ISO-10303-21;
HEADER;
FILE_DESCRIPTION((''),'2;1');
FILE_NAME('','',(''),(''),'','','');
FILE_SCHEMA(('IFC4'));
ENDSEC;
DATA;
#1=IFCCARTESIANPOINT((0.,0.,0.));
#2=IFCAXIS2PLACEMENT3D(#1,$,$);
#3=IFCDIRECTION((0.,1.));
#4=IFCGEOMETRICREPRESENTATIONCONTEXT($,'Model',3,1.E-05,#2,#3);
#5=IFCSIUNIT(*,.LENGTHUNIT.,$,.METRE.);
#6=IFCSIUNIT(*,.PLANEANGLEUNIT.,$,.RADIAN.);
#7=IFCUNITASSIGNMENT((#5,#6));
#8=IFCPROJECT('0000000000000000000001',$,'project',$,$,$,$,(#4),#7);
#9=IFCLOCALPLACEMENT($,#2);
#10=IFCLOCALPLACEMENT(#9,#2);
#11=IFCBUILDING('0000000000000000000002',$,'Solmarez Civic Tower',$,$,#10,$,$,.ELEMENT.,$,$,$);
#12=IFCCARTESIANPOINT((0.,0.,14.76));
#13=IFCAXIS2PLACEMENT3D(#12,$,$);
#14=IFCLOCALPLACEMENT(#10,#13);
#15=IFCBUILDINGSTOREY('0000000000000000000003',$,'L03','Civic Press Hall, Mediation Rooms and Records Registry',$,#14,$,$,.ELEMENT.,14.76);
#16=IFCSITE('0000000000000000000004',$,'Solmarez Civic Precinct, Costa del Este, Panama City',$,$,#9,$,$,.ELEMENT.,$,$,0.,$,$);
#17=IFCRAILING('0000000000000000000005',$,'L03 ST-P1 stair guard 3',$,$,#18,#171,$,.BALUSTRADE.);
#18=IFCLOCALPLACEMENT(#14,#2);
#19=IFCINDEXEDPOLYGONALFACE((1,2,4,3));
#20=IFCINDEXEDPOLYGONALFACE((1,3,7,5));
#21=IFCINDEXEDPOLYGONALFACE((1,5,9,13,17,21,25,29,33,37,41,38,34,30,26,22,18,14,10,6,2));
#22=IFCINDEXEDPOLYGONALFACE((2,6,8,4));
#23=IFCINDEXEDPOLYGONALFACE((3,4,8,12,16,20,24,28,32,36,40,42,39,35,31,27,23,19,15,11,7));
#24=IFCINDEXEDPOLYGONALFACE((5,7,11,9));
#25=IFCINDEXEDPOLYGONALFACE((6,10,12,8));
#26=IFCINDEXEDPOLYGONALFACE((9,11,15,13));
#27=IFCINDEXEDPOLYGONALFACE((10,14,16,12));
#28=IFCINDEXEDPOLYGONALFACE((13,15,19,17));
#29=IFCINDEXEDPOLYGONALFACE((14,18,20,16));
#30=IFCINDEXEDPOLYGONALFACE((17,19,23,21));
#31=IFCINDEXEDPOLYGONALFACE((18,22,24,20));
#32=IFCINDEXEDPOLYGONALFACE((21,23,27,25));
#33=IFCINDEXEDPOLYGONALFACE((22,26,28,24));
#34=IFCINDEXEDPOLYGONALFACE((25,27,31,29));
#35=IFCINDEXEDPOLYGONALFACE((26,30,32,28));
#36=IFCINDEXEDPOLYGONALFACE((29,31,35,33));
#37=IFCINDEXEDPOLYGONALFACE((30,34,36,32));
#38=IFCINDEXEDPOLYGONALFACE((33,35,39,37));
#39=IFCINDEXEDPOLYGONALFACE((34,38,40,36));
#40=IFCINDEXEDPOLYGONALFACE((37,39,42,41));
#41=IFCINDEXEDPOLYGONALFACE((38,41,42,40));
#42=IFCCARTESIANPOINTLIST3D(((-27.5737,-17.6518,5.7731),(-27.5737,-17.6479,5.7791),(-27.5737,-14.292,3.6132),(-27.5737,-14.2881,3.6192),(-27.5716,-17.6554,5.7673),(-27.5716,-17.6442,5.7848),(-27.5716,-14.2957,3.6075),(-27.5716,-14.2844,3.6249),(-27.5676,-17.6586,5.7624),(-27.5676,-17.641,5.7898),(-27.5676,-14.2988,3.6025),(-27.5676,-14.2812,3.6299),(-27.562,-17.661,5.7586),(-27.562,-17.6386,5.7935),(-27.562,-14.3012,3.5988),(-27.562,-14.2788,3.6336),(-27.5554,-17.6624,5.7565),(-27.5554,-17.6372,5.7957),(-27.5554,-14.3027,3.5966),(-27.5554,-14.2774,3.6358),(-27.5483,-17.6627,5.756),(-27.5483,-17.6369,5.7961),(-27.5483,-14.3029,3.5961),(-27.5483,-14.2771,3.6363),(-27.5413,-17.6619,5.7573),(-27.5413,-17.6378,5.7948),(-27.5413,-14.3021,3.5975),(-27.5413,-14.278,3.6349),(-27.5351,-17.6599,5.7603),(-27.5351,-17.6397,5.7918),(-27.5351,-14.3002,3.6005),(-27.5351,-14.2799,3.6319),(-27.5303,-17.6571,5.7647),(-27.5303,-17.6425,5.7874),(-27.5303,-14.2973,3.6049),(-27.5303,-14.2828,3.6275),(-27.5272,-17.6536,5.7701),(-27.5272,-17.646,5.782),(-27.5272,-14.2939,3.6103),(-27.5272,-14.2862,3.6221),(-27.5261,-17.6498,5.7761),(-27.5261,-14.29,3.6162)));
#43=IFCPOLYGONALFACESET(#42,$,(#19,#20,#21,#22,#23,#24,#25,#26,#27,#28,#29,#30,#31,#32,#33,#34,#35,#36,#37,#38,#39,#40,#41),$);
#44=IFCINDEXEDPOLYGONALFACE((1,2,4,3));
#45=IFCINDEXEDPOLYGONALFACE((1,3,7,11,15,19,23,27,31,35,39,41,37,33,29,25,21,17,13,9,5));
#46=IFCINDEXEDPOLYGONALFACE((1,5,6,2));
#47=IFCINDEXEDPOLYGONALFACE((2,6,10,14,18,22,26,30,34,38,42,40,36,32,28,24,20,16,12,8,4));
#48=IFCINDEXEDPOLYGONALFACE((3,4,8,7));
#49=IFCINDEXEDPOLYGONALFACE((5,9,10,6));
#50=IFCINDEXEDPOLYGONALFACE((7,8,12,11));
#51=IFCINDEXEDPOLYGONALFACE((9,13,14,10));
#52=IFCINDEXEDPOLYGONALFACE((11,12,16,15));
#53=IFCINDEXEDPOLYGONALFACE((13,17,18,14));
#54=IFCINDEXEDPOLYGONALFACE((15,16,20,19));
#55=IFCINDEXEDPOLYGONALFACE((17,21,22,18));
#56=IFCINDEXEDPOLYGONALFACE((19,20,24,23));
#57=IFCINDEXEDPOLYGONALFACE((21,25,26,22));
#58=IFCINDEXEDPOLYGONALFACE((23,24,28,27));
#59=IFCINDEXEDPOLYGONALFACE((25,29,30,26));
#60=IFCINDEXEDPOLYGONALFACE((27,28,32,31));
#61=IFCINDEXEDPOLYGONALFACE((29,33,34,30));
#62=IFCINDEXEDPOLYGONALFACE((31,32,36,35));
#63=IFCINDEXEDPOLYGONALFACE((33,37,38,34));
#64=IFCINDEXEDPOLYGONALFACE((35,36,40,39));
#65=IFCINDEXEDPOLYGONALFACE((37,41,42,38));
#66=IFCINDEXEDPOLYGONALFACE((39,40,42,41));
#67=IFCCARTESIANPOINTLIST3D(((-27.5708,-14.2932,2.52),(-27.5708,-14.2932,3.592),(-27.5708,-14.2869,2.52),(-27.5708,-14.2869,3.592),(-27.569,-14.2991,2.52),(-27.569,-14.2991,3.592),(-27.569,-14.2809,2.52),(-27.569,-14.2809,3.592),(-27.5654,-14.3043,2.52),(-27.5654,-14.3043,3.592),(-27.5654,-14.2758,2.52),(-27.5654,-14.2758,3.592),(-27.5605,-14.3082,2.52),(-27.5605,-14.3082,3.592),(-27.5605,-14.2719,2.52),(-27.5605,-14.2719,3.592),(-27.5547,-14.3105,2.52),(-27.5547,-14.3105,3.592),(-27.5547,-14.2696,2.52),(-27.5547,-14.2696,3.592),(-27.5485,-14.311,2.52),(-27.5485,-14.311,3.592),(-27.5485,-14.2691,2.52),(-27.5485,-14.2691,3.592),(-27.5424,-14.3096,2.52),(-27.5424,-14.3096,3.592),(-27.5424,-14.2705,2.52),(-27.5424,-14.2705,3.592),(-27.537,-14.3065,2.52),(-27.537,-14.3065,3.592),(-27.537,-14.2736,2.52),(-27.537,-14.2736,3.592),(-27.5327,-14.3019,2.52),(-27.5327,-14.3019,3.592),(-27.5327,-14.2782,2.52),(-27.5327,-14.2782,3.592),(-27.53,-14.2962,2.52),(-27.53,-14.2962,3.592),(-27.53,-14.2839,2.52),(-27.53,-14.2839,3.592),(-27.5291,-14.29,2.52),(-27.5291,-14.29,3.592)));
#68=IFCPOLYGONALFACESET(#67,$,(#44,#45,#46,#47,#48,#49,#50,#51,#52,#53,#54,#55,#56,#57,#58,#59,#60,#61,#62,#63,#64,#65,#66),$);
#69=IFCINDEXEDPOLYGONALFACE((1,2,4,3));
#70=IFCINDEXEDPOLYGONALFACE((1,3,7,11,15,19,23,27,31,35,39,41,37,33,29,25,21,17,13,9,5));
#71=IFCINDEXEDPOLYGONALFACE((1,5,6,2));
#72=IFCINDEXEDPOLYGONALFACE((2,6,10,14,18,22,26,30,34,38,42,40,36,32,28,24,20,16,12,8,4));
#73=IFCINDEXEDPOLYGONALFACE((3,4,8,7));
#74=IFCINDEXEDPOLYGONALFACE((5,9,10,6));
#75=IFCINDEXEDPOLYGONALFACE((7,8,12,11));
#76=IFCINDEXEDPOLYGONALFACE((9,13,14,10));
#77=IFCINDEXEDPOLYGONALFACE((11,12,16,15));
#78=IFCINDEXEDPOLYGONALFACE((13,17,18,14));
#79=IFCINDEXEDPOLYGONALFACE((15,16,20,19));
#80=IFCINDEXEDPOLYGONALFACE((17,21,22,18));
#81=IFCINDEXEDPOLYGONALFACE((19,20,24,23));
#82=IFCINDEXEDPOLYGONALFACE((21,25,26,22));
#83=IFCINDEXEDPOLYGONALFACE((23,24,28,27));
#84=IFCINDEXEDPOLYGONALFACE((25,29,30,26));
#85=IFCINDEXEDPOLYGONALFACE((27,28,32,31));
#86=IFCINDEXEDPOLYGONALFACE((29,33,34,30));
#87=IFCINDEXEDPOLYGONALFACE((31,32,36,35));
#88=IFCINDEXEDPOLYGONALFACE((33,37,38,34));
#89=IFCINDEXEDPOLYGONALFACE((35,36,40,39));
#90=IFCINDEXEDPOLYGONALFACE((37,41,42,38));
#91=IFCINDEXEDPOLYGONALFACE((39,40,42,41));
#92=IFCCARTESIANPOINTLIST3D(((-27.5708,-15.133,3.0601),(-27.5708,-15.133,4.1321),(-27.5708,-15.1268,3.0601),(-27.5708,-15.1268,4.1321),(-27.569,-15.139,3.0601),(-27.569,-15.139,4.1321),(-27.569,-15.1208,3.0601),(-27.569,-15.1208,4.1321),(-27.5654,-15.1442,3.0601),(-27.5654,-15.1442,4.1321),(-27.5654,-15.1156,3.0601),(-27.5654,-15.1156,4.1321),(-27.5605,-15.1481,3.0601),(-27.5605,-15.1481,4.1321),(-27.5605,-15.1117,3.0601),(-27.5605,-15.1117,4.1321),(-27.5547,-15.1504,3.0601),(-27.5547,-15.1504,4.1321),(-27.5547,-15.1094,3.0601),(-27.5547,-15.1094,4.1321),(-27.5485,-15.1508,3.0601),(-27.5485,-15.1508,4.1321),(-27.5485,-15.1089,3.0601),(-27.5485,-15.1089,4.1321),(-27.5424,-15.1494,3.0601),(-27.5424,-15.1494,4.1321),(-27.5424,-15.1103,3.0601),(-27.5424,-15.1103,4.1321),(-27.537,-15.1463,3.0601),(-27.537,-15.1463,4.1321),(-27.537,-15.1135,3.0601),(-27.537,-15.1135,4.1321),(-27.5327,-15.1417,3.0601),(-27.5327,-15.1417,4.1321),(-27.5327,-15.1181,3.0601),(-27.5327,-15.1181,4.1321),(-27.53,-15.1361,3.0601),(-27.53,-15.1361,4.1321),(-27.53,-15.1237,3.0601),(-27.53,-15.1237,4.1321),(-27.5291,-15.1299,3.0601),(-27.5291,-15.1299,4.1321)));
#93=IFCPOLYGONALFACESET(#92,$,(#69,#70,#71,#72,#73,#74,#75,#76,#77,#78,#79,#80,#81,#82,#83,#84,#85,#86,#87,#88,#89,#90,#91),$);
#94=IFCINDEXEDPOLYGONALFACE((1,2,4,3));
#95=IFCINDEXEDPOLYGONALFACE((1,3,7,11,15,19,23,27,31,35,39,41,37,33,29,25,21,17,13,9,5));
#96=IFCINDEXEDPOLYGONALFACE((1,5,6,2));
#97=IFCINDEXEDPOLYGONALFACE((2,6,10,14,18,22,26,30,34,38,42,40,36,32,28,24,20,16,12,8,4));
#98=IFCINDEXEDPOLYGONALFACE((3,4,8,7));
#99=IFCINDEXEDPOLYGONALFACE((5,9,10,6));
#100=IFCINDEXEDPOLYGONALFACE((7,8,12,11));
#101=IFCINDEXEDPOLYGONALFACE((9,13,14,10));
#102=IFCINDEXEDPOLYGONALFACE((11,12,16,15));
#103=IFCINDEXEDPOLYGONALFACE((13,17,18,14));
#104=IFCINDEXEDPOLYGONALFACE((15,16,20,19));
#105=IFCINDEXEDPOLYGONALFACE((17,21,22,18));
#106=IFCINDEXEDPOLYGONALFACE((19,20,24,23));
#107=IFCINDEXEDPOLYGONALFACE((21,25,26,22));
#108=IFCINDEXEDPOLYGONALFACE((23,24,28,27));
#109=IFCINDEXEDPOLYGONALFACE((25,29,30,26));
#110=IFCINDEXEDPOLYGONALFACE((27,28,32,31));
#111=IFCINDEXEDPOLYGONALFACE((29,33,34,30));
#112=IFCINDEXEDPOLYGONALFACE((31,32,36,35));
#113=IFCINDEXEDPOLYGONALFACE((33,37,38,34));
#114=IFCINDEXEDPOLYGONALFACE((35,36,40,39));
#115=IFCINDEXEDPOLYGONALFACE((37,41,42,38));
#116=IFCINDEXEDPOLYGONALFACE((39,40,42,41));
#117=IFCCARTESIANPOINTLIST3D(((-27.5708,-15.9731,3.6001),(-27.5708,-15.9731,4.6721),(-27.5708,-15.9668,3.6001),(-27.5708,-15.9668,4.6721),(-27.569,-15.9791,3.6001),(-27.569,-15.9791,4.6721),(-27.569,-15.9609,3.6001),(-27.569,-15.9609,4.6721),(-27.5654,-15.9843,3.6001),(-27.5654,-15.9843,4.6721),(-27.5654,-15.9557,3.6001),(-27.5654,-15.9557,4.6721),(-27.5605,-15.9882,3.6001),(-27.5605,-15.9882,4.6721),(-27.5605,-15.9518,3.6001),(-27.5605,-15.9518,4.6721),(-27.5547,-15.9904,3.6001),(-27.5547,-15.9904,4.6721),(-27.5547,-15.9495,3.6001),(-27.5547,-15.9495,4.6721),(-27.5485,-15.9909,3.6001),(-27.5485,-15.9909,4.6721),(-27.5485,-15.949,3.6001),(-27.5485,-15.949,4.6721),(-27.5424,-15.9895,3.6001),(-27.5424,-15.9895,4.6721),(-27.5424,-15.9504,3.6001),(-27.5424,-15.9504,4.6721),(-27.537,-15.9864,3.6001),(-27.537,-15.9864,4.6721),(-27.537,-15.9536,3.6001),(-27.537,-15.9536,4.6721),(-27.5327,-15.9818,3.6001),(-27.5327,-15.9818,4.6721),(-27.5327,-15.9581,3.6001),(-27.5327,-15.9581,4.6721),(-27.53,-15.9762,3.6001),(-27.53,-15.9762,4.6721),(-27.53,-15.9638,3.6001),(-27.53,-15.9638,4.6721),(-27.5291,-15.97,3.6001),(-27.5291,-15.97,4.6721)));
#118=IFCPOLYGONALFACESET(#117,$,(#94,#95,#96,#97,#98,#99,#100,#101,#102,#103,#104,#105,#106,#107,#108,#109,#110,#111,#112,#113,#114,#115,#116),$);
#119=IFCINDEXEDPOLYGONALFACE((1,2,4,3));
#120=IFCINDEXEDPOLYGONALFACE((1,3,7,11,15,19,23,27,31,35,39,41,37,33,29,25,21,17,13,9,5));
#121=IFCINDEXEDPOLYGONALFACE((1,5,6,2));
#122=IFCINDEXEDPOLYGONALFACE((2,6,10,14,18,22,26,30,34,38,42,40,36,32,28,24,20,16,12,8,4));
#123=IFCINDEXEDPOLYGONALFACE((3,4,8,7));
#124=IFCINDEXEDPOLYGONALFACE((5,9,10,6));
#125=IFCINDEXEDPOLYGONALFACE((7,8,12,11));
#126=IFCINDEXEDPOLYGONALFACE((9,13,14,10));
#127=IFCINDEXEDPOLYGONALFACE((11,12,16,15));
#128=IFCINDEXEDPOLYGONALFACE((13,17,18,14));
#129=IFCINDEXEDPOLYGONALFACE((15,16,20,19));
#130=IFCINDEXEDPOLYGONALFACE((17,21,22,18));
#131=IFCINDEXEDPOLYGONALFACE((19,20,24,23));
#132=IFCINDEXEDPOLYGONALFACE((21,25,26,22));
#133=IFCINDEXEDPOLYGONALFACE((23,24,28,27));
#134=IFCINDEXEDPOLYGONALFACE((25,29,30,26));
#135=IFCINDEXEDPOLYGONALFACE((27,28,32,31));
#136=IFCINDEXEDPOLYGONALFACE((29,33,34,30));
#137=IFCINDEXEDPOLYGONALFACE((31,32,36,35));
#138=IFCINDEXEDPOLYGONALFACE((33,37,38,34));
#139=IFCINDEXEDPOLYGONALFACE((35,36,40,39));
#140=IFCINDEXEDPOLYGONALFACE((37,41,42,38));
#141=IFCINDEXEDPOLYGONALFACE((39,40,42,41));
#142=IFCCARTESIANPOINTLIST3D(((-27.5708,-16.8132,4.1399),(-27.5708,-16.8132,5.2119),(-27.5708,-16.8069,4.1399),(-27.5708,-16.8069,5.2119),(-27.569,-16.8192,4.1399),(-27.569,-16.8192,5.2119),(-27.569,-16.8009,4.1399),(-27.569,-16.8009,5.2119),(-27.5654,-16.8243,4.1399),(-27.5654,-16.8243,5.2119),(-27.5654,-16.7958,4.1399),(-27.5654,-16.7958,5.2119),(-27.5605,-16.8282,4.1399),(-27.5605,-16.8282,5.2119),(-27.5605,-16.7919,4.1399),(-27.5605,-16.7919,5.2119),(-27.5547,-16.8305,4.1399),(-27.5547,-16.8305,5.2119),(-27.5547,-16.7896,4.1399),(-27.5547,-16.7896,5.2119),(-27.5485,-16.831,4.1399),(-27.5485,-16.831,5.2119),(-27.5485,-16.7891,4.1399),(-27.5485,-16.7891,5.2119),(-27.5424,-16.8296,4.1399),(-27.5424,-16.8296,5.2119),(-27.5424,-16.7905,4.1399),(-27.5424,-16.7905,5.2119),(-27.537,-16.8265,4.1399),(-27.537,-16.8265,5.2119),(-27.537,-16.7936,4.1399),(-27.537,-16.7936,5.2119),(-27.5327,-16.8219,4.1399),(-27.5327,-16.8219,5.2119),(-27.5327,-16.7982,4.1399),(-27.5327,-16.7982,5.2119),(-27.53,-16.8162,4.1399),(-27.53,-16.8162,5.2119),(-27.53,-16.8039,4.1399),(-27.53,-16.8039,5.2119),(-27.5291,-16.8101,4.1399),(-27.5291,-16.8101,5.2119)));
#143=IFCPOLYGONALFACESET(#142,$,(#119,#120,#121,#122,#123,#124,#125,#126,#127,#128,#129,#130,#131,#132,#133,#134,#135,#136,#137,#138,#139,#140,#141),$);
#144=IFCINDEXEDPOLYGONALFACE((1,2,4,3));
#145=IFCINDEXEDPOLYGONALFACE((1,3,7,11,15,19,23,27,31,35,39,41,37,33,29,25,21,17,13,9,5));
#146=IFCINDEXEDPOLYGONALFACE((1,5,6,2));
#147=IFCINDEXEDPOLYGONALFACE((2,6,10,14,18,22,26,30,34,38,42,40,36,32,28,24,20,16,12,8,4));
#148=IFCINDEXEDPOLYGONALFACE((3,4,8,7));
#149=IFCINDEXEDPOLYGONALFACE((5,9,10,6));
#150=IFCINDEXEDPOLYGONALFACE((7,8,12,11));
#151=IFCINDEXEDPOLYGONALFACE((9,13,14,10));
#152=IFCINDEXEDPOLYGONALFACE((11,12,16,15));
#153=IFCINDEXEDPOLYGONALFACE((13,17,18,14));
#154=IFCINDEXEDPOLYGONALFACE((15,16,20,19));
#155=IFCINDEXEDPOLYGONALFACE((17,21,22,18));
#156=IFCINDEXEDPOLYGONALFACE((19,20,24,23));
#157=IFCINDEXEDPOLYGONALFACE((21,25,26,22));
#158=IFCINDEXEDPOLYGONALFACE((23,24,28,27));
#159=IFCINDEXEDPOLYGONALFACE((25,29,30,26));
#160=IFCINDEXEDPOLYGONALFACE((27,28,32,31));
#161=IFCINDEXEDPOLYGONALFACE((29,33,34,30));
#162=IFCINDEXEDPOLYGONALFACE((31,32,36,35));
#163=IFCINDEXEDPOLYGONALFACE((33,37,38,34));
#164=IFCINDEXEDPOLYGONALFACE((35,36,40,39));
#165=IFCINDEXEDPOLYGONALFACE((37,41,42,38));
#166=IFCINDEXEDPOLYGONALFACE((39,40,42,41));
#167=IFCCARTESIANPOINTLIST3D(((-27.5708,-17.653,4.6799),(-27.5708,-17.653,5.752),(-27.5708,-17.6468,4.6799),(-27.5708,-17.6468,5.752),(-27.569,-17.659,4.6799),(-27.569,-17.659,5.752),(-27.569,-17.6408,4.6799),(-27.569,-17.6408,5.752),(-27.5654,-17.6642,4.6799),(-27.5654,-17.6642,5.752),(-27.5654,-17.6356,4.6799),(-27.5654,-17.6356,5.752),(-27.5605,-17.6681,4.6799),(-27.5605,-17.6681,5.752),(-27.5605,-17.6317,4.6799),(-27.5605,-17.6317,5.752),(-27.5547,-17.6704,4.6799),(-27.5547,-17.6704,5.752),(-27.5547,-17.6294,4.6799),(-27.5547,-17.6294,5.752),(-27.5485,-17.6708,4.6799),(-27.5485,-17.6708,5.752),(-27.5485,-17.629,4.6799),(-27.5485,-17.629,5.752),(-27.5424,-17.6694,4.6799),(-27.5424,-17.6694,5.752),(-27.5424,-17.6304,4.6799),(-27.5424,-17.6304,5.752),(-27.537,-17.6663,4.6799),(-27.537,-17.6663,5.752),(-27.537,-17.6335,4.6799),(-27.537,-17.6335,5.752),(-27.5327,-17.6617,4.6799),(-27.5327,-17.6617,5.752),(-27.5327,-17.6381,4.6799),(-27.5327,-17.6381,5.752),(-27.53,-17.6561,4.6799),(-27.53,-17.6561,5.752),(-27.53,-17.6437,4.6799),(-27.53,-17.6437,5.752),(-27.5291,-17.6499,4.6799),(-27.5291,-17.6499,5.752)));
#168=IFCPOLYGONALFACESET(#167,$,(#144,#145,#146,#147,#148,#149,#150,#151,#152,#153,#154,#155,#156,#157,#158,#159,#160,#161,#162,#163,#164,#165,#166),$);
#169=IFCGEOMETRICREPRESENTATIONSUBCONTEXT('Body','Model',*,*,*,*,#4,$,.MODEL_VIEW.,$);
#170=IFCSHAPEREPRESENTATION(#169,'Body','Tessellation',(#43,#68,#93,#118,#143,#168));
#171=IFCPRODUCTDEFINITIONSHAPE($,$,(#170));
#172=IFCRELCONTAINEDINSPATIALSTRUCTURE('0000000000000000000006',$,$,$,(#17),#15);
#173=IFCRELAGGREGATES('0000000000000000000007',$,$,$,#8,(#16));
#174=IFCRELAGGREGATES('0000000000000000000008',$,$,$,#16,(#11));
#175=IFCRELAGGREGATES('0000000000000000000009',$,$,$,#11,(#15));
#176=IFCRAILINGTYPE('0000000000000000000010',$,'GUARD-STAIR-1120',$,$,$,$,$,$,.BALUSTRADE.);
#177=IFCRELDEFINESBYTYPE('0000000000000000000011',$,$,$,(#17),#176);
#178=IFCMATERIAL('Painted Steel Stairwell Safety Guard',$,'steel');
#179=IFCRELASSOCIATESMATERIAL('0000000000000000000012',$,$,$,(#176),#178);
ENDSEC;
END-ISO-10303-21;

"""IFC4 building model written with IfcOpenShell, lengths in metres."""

from ifc_helpers import new_model, si_unit, direction, frame, origin, origin_2d, place, context, subcontext, project, spatial, circle, extrude, material, type_object, element, save


model = new_model("IFC4")

# Units and contexts
model_context = context("Model", 3, precision=1e-05, world=origin(), true_north=direction((0.0, 1.0)))
body_context = subcontext(model_context, "Body", "Model", "MODEL_VIEW")
ifc_project = project(units=[si_unit("LENGTHUNIT", "METRE"), si_unit("PLANEANGLEUNIT", "RADIAN")], contexts=[model_context])

# Site, building, storey
site_placement = place(None, origin())
site = spatial("IfcSite", under=ifc_project, at=site_placement, Name="Solmarez Civic Precinct, Costa del Este, Panama City", CompositionType="ELEMENT", RefElevation=0.0)
building_placement = place(site_placement, origin())
building = spatial("IfcBuilding", under=site, at=building_placement, Name="Solmarez Civic Tower", CompositionType="ELEMENT")
storey_placement = place(building_placement, frame((0.0, 0.0, 14.76)))
storey = spatial("IfcBuildingStorey", under=building, at=storey_placement, Name="L03", Description="Civic Press Hall, Mediation Rooms and Records Registry", CompositionType="ELEMENT", Elevation=14.76)

# Railing
ifc_material_1 = material(Name="Painted Steel Stairwell Safety Guard", Category="steel")
railing_type_1 = type_object("IfcRailingType", Name="GUARD-STAIR-1120", PredefinedType="BALUSTRADE", material=ifc_material_1)
railing_1_placement = place(storey_placement, frame((-27.55, -14.29, 2.52)))
element("IfcRailing", 1, at=railing_1_placement, inside=storey, type_object=railing_type_1, Name="L03 ST-P1 stair guard 3", PredefinedType="BALUSTRADE", context=body_context, shape_type="SweptSolid", body=[
    extrude(circle(Radius=0.0239, at=origin_2d()), frame((0.0, 0.0, 1.0962), z_axis=(0.0, -0.841178, 0.540758), x_axis=(1.0, 0.0, 0.0)), (0.0, 0.0, 1.0), 3.9941),
    extrude(circle(Radius=0.021, at=origin_2d()), origin(), (0.0, 0.0, 1.0), 1.072),
    extrude(circle(Radius=0.021, at=origin_2d()), frame((0.0, -0.8398, 0.54)), (0.0, 0.0, 1.0), 1.072),
    extrude(circle(Radius=0.021, at=origin_2d()), frame((0.0, -1.6799, 1.0801)), (0.0, 0.0, 1.0), 1.072),
    extrude(circle(Radius=0.021, at=origin_2d()), frame((0.0, -2.52, 1.6199)), (0.0, 0.0, 1.0), 1.072),
    extrude(circle(Radius=0.021, at=origin_2d()), frame((0.0, -3.3599, 2.1599)), (0.0, 0.0, 1.0), 1.072),
])

save(model, "model.ifc")
